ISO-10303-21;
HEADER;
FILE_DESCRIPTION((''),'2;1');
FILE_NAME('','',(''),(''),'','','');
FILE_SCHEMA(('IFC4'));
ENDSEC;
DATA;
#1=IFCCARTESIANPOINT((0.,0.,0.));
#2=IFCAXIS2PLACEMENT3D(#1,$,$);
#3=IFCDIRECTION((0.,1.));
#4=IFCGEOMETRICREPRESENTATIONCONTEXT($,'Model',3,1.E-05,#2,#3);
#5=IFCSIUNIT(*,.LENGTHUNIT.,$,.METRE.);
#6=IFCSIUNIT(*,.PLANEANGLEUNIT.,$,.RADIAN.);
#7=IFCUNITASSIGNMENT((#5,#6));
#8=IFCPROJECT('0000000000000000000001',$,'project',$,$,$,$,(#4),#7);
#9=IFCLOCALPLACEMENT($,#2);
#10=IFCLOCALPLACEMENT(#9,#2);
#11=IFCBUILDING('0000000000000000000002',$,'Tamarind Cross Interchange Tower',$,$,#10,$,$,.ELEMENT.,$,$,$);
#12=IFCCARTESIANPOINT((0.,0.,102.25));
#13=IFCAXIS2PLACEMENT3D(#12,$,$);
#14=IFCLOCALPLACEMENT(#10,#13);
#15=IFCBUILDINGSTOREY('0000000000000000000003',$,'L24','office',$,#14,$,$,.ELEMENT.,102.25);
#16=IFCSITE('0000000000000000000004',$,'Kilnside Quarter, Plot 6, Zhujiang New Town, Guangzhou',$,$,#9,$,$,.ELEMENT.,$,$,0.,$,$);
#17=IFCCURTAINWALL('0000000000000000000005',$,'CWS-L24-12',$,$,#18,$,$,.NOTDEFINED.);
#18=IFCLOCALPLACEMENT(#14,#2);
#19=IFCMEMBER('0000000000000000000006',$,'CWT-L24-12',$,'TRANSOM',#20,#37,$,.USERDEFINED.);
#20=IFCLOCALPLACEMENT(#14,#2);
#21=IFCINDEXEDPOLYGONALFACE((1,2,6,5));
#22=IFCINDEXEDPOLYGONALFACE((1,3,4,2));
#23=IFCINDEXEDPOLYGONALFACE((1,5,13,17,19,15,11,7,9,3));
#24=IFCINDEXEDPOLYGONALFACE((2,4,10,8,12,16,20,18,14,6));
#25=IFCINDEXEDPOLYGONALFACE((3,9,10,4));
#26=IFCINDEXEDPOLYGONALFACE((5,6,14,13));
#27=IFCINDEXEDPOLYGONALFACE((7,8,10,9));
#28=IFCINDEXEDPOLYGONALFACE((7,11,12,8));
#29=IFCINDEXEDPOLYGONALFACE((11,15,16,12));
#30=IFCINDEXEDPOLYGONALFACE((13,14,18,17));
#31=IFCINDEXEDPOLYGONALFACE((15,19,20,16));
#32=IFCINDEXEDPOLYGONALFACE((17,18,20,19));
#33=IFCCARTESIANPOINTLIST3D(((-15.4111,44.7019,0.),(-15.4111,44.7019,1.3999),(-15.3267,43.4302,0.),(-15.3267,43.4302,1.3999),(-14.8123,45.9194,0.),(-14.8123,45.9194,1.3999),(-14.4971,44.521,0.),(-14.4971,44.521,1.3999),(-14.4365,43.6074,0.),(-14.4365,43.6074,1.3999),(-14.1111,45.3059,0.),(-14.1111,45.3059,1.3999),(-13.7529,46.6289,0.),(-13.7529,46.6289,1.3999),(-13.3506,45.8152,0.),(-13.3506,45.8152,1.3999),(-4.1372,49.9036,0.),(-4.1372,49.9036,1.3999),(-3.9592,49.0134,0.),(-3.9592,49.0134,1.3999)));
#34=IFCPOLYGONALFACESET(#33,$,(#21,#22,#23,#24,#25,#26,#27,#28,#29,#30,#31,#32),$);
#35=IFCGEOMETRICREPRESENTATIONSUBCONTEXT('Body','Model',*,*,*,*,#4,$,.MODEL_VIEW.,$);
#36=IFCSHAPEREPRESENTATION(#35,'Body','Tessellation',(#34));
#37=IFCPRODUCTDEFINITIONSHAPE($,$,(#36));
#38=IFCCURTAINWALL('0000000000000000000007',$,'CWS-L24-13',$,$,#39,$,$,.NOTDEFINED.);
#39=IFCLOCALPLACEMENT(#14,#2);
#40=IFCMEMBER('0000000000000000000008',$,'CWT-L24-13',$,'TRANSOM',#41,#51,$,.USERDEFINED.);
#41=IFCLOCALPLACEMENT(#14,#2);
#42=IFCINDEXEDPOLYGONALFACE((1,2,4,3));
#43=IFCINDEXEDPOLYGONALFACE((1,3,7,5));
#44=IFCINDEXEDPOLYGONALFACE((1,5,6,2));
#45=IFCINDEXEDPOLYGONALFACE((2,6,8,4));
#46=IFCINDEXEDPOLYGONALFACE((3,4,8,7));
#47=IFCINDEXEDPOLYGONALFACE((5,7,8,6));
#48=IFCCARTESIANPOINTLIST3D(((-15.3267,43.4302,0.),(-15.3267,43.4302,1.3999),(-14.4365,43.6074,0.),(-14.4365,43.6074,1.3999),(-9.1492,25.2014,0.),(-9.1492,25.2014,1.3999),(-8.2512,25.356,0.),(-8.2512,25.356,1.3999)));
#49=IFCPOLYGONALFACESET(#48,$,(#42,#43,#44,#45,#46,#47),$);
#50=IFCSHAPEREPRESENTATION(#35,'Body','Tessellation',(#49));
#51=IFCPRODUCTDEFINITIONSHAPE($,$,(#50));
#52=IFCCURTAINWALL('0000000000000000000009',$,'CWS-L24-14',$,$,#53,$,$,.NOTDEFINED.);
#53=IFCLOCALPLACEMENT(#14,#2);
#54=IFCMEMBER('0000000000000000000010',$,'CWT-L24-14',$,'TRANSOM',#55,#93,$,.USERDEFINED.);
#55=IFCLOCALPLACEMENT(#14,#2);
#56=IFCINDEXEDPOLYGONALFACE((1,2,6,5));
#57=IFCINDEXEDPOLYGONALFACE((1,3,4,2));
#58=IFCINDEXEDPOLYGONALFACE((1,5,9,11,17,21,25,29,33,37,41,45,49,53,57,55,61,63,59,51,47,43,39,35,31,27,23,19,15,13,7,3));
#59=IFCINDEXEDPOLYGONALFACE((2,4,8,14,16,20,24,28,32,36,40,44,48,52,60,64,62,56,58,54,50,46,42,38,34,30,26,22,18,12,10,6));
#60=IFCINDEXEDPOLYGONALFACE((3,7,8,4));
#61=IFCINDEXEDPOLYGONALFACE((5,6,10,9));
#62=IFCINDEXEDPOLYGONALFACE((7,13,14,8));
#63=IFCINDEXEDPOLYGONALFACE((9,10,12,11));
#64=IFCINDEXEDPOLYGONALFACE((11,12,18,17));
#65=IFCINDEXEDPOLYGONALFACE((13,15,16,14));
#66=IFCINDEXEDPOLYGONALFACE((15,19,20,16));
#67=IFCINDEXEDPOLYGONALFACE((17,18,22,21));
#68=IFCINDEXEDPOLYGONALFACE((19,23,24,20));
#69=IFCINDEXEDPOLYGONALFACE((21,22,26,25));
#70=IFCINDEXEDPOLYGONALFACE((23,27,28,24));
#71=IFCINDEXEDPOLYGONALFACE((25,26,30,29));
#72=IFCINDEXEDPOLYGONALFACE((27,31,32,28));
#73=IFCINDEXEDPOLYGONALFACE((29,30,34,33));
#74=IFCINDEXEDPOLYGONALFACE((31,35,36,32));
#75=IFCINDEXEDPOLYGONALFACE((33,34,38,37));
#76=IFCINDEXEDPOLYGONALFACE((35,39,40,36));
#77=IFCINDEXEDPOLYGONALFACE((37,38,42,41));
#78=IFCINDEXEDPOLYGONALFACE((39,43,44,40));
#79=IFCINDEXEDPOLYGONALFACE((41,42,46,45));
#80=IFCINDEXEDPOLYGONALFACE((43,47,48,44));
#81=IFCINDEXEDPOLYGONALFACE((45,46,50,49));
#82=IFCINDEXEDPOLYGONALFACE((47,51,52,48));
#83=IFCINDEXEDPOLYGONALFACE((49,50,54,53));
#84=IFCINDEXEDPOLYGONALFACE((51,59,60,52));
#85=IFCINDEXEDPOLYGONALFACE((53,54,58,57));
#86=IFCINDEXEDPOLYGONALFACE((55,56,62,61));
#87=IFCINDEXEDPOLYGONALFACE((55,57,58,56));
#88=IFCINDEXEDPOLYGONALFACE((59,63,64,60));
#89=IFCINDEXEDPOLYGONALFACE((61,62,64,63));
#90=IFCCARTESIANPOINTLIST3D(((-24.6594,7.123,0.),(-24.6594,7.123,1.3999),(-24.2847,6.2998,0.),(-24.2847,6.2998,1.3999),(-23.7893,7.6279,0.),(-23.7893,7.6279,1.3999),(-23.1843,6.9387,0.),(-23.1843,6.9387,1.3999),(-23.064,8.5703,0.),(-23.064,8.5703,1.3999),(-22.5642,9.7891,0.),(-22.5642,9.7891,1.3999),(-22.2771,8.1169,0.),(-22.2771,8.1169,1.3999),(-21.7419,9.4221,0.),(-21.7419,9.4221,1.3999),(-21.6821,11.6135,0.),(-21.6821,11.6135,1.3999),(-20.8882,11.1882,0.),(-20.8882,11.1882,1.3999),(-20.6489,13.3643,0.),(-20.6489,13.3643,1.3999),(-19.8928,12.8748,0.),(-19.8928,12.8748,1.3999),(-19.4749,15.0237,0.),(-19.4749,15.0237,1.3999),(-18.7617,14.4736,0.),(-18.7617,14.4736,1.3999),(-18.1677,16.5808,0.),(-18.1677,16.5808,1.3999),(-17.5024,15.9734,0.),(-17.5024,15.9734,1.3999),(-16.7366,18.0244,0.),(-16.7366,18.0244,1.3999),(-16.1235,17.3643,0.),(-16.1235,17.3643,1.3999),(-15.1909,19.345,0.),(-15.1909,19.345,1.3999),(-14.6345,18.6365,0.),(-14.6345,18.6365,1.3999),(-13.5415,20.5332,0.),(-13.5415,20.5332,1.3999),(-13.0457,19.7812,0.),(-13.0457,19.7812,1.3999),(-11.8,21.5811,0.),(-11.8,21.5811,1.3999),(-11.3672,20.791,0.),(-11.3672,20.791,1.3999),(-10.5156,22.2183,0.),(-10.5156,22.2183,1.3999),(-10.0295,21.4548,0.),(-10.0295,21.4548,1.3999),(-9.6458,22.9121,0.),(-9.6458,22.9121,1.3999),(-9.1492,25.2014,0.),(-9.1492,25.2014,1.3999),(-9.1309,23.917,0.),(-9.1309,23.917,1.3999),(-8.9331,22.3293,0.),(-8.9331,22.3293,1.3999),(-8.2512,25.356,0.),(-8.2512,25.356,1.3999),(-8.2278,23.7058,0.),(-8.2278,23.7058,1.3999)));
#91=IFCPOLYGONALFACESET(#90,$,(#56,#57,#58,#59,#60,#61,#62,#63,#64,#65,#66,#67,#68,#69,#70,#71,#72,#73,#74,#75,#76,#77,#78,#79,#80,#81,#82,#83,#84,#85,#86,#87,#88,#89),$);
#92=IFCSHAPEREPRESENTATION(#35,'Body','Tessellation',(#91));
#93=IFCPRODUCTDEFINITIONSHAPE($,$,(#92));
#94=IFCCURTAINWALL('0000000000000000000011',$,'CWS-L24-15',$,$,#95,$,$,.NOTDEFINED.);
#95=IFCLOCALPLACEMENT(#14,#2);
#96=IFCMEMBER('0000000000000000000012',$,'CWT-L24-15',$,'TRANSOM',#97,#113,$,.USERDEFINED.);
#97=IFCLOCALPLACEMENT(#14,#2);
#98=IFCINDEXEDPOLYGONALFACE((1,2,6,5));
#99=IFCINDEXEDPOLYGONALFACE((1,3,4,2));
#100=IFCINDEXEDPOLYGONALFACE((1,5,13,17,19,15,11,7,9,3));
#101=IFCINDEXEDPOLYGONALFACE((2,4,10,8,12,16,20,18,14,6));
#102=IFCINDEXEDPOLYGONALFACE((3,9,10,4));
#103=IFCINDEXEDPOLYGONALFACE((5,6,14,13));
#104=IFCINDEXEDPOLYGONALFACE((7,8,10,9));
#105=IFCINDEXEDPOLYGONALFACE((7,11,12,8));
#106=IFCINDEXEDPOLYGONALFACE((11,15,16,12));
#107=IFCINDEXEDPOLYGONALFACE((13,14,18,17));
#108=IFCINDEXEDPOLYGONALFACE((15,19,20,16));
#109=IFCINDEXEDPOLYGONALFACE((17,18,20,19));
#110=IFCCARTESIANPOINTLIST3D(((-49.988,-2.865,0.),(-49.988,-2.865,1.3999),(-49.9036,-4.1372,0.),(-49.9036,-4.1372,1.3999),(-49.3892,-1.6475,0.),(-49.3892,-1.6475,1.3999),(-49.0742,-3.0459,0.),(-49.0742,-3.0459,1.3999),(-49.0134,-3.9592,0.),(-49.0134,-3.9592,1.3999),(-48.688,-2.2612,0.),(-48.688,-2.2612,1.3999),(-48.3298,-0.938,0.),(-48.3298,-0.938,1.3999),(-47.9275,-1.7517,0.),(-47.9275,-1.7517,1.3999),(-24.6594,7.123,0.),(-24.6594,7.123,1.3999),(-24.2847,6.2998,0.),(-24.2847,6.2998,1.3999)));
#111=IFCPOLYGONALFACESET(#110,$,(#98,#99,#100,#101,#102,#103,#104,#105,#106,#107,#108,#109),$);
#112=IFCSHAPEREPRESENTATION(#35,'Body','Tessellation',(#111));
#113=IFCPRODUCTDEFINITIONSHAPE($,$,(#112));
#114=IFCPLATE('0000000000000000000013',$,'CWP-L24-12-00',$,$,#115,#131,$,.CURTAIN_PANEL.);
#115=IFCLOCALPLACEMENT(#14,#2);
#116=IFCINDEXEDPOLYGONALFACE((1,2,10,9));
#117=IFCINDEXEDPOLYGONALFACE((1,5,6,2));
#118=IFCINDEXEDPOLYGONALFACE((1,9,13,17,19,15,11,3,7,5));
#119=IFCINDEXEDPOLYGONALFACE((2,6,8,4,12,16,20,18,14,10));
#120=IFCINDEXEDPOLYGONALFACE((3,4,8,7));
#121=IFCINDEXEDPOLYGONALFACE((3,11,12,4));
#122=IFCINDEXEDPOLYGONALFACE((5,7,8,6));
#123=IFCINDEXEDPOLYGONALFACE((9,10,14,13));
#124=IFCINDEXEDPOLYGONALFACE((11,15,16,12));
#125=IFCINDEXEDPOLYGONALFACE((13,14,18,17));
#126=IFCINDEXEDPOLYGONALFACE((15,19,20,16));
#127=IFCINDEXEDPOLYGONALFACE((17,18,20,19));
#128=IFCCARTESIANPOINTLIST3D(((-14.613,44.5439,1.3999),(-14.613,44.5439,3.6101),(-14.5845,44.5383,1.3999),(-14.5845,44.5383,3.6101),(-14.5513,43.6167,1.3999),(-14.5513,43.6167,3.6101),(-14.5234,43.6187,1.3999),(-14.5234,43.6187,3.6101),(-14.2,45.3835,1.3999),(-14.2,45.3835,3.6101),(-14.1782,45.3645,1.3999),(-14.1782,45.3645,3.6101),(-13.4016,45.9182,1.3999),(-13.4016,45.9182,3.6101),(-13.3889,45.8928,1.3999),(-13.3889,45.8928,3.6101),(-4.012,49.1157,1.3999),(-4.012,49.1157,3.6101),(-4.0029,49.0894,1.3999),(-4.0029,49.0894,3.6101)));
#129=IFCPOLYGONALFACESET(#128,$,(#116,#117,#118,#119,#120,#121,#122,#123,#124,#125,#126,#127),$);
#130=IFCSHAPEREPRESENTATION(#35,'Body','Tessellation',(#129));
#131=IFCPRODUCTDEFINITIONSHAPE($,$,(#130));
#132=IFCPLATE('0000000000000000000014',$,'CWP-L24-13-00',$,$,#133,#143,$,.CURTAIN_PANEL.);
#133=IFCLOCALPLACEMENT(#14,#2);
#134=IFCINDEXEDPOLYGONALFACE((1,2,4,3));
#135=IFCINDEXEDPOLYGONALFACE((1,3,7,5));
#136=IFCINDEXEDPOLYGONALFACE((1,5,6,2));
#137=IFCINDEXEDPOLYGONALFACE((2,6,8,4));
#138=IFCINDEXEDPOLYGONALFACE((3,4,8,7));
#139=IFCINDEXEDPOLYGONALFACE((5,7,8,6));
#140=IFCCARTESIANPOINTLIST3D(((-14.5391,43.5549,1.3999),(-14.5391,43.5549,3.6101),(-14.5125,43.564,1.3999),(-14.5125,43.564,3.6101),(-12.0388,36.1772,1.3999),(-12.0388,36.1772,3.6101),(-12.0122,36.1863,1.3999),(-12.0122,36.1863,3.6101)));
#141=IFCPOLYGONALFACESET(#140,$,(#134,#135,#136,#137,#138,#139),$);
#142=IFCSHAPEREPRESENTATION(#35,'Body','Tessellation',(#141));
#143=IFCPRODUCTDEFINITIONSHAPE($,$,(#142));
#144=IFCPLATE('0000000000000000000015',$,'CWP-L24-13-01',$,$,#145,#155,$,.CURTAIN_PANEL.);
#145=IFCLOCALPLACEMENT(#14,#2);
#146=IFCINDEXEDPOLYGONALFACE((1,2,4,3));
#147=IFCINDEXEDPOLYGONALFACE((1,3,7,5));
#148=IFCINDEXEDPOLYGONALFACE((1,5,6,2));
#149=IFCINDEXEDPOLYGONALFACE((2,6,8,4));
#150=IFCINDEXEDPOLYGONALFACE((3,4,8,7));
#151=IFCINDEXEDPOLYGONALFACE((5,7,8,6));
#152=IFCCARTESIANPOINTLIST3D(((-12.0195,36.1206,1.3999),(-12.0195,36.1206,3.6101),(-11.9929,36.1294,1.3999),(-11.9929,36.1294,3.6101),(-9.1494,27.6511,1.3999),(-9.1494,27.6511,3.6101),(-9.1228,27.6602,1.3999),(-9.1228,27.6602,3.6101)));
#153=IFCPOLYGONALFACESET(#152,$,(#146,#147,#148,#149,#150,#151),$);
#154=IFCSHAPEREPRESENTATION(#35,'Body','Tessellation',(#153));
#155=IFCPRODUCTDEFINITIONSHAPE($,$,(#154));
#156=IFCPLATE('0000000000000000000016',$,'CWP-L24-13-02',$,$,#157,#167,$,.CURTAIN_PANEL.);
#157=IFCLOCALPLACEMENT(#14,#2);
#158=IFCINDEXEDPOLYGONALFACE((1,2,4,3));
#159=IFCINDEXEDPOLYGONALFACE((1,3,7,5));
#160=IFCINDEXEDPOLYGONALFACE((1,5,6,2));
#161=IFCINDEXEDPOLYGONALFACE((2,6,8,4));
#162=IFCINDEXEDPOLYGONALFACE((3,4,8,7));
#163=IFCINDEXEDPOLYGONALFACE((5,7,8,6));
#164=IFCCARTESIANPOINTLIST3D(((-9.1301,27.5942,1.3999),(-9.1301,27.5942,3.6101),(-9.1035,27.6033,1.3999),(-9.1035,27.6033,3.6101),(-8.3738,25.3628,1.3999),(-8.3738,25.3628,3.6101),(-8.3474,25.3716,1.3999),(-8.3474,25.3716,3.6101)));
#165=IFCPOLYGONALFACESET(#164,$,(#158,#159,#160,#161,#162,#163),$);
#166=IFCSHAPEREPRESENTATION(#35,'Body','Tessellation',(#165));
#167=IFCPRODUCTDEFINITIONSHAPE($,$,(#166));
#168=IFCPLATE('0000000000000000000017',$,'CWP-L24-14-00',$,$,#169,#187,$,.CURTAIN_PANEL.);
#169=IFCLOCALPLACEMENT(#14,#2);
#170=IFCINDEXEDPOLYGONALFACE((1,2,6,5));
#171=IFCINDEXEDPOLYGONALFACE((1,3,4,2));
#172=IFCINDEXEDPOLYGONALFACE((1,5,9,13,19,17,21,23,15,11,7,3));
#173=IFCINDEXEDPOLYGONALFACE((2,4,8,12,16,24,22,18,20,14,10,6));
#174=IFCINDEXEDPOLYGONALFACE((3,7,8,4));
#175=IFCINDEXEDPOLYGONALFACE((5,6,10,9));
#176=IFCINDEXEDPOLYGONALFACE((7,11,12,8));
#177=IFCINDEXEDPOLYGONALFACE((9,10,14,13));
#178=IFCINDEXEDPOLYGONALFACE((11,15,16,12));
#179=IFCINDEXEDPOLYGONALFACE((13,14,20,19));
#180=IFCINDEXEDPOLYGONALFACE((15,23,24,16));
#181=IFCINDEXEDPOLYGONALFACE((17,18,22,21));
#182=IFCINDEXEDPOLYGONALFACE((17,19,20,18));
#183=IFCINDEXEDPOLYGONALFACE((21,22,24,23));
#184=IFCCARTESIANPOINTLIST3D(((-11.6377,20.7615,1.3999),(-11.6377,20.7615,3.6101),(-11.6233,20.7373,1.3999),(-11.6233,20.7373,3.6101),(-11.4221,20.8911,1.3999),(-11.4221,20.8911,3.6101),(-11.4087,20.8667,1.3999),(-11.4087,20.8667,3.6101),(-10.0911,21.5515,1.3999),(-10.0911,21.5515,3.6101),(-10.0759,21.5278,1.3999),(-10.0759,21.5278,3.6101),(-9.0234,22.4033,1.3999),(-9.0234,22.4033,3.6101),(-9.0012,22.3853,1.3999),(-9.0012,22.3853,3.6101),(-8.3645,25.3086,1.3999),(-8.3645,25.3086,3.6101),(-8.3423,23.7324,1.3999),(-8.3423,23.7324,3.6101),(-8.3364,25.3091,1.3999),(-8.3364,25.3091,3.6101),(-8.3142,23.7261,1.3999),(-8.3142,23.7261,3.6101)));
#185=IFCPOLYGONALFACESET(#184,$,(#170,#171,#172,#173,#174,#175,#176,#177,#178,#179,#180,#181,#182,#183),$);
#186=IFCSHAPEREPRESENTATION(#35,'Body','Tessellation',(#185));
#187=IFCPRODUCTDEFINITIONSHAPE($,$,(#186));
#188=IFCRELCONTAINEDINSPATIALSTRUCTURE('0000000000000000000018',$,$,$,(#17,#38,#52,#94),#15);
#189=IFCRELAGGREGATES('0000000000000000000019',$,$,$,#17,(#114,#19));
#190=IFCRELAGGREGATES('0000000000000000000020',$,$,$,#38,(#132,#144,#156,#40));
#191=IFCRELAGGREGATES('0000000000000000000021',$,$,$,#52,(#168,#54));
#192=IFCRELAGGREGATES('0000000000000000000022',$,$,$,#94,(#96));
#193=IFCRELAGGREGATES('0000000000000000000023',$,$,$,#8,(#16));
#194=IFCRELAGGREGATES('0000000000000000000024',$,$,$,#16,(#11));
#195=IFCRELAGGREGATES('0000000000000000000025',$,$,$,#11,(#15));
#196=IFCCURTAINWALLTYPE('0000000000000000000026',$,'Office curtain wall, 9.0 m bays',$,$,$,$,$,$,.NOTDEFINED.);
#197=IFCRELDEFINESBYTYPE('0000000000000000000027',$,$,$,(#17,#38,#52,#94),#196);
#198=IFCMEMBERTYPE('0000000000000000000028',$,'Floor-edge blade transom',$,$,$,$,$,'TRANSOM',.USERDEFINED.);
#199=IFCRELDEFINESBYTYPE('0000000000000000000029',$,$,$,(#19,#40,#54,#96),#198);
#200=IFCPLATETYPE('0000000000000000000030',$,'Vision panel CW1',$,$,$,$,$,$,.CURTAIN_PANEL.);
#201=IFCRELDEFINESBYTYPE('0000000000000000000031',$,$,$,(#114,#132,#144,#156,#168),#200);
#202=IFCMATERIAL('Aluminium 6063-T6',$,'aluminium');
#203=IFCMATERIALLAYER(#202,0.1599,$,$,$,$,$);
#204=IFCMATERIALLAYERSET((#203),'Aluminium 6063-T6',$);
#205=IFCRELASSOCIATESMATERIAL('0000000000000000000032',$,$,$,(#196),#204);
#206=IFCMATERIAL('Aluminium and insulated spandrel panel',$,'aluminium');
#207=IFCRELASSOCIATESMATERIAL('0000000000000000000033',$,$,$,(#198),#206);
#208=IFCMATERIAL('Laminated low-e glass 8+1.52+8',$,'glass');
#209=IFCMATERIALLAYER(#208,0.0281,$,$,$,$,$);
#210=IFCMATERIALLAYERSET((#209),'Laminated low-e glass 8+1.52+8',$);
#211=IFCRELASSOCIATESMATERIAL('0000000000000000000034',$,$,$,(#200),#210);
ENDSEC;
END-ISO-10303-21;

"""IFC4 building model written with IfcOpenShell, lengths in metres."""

from ifc_helpers import new_model, si_unit, direction, frame, origin, place, context, subcontext, project, spatial, polyline, outline, extrude, material, layer, layer_set, type_object, element, aggregate, save


model = new_model("IFC4")

# Units and contexts
model_context = context("Model", 3, precision=1e-05, world=origin(), true_north=direction((0.0, 1.0)))
body_context = subcontext(model_context, "Body", "Model", "MODEL_VIEW")
ifc_project = project(units=[si_unit("LENGTHUNIT", "METRE"), si_unit("PLANEANGLEUNIT", "RADIAN")], contexts=[model_context])

# Site, building, storey
site_placement = place(None, origin())
site = spatial("IfcSite", under=ifc_project, at=site_placement, Name="Kilnside Quarter, Plot 6, Zhujiang New Town, Guangzhou", CompositionType="ELEMENT", RefElevation=0.0)
building_placement = place(site_placement, origin())
building = spatial("IfcBuilding", under=site, at=building_placement, Name="Tamarind Cross Interchange Tower", CompositionType="ELEMENT")
storey_placement = place(building_placement, frame((0.0, 0.0, 102.25)))
storey = spatial("IfcBuildingStorey", under=building, at=storey_placement, Name="L24", Description="office", CompositionType="ELEMENT", Elevation=102.25)

# Curtain walls, members
ifc_material_1 = material(Name="Aluminium 6063-T6", Category="aluminium")
ifc_layer_1 = layer(ifc_material_1, 0.1599)
ifc_layer_set_1 = layer_set([ifc_layer_1], Name="Aluminium 6063-T6")
curtain_wall_type = type_object("IfcCurtainWallType", Name="Office curtain wall, 9.0 m bays", PredefinedType="NOTDEFINED", material=ifc_layer_set_1)
curtain_wall_1_placement = place(storey_placement, origin())
curtain_wall_1 = element("IfcCurtainWall", 1, at=curtain_wall_1_placement, inside=storey, type_object=curtain_wall_type, Name="CWS-L24-12", PredefinedType="NOTDEFINED")
ifc_material_2 = material(Name="Aluminium and insulated spandrel panel", Category="aluminium")
member_type = type_object("IfcMemberType", Name="Floor-edge blade transom", ElementType="TRANSOM", PredefinedType="USERDEFINED", material=ifc_material_2)
member_1_placement = place(storey_placement, origin())
member_1 = element("IfcMember", 2, at=member_1_placement, type_object=member_type, Name="CWT-L24-12", ObjectType="TRANSOM", PredefinedType="USERDEFINED", context=body_context, shape_type="SweptSolid", body=[
    extrude(outline(polyline([(-3.9592, 49.0134), (-13.3506, 45.8152), (-14.1111, 45.3059), (-14.4971, 44.521), (-14.4365, 43.6074), (-15.3267, 43.4302), (-15.4111, 44.7019), (-14.8123, 45.9194), (-13.7529, 46.6289), (-4.1372, 49.9036), (-3.9592, 49.0134)])), origin(), (0.0, 0.0, 1.0), 1.3999),
])
curtain_wall_2_placement = place(storey_placement, origin())
curtain_wall_2 = element("IfcCurtainWall", 3, at=curtain_wall_2_placement, inside=storey, type_object=curtain_wall_type, Name="CWS-L24-13", PredefinedType="NOTDEFINED")
member_2_placement = place(storey_placement, origin())
member_2 = element("IfcMember", 4, at=member_2_placement, type_object=member_type, Name="CWT-L24-13", ObjectType="TRANSOM", PredefinedType="USERDEFINED", context=body_context, shape_type="SweptSolid", body=[
    extrude(outline(polyline([(-14.4365, 43.6074), (-8.2512, 25.356), (-9.1492, 25.2014), (-15.3267, 43.4302), (-14.4365, 43.6074)])), origin(), (0.0, 0.0, 1.0), 1.3999),
])
curtain_wall_3_placement = place(storey_placement, origin())
curtain_wall_3 = element("IfcCurtainWall", 5, at=curtain_wall_3_placement, inside=storey, type_object=curtain_wall_type, Name="CWS-L24-14", PredefinedType="NOTDEFINED")
member_3_placement = place(storey_placement, origin())
member_3 = element("IfcMember", 6, at=member_3_placement, type_object=member_type, Name="CWT-L24-14", ObjectType="TRANSOM", PredefinedType="USERDEFINED", context=body_context, shape_type="SweptSolid", body=[
    extrude(outline(polyline([(-8.2512, 25.356), (-8.2278, 23.7058), (-8.9331, 22.3293), (-10.0295, 21.4548), (-11.3672, 20.791), (-13.0457, 19.7812), (-14.6345, 18.6365), (-16.1235, 17.3643), (-17.5024, 15.9734), (-18.7617, 14.4736), (-19.8928, 12.8748), (-20.8882, 11.1882), (-21.7419, 9.4221), (-22.2771, 8.1169), (-23.1843, 6.9387), (-24.2847, 6.2998), (-24.6594, 7.123), (-23.7893, 7.6279), (-23.064, 8.5703), (-22.5642, 9.7891), (-21.6821, 11.6135), (-20.6489, 13.3643), (-19.4749, 15.0237), (-18.1677, 16.5808), (-16.7366, 18.0244), (-15.1909, 19.345), (-13.5415, 20.5332), (-11.8, 21.5811), (-10.5156, 22.2183), (-9.6458, 22.9121), (-9.1309, 23.917), (-9.1492, 25.2014), (-8.2512, 25.356)])), origin(), (0.0, 0.0, 1.0), 1.3999),
])
curtain_wall_4_placement = place(storey_placement, origin())
curtain_wall_4 = element("IfcCurtainWall", 7, at=curtain_wall_4_placement, inside=storey, type_object=curtain_wall_type, Name="CWS-L24-15", PredefinedType="NOTDEFINED")
member_4_placement = place(storey_placement, origin())
member_4 = element("IfcMember", 8, at=member_4_placement, type_object=member_type, Name="CWT-L24-15", ObjectType="TRANSOM", PredefinedType="USERDEFINED", context=body_context, shape_type="SweptSolid", body=[
    extrude(outline(polyline([(-24.2847, 6.2998), (-47.9275, -1.7517), (-48.688, -2.2612), (-49.0742, -3.0459), (-49.0134, -3.9592), (-49.9036, -4.1372), (-49.988, -2.865), (-49.3892, -1.6475), (-48.3298, -0.938), (-24.6594, 7.123), (-24.2847, 6.2998)])), origin(), (0.0, 0.0, 1.0), 1.3999),
])

# Plates
ifc_material_3 = material(Name="Laminated low-e glass 8+1.52+8", Category="glass")
ifc_layer_2 = layer(ifc_material_3, 0.0281)
ifc_layer_set_2 = layer_set([ifc_layer_2], Name="Laminated low-e glass 8+1.52+8")
plate_type = type_object("IfcPlateType", Name="Vision panel CW1", PredefinedType="CURTAIN_PANEL", material=ifc_layer_set_2)
plate_1_placement = place(storey_placement, frame((0.0, 0.0, 1.3999)))
plate_1 = element("IfcPlate", 9, at=plate_1_placement, type_object=plate_type, Name="CWP-L24-12-00", PredefinedType="CURTAIN_PANEL", context=body_context, shape_type="SweptSolid", body=[
    extrude(outline(polyline([(-4.0029, 49.0894), (-13.3889, 45.8928), (-14.1782, 45.3645), (-14.5845, 44.5383), (-14.5234, 43.6187), (-14.5513, 43.6167), (-14.613, 44.5439), (-14.2, 45.3835), (-13.4016, 45.9182), (-4.012, 49.1157), (-4.0029, 49.0894)])), origin(), (0.0, 0.0, 1.0), 2.2102),
])
aggregate(curtain_wall_1, [plate_1, member_1])
plate_2_placement = place(storey_placement, frame((0.0, 0.0, 1.3999)))
plate_2 = element("IfcPlate", 10, at=plate_2_placement, type_object=plate_type, Name="CWP-L24-13-00", PredefinedType="CURTAIN_PANEL", context=body_context, shape_type="SweptSolid", body=[
    extrude(outline(polyline([(-14.5125, 43.564), (-12.0122, 36.1863), (-12.0388, 36.1772), (-14.5391, 43.5549), (-14.5125, 43.564)])), origin(), (0.0, 0.0, 1.0), 2.2102),
])
plate_3_placement = place(storey_placement, frame((0.0, 0.0, 1.3999)))
plate_3 = element("IfcPlate", 11, at=plate_3_placement, type_object=plate_type, Name="CWP-L24-13-01", PredefinedType="CURTAIN_PANEL", context=body_context, shape_type="SweptSolid", body=[
    extrude(outline(polyline([(-11.9929, 36.1294), (-9.1228, 27.6602), (-9.1494, 27.6511), (-12.0195, 36.1206), (-11.9929, 36.1294)])), origin(), (0.0, 0.0, 1.0), 2.2102),
])
plate_4_placement = place(storey_placement, frame((0.0, 0.0, 1.3999)))
plate_4 = element("IfcPlate", 12, at=plate_4_placement, type_object=plate_type, Name="CWP-L24-13-02", PredefinedType="CURTAIN_PANEL", context=body_context, shape_type="SweptSolid", body=[
    extrude(outline(polyline([(-9.1035, 27.6033), (-8.3474, 25.3716), (-8.3738, 25.3628), (-9.1301, 27.5942), (-9.1035, 27.6033)])), origin(), (0.0, 0.0, 1.0), 2.2102),
])
aggregate(curtain_wall_2, [plate_2, plate_3, plate_4, member_2])
plate_5_placement = place(storey_placement, frame((0.0, 0.0, 1.3999)))
plate_5 = element("IfcPlate", 13, at=plate_5_placement, type_object=plate_type, Name="CWP-L24-14-00", PredefinedType="CURTAIN_PANEL", context=body_context, shape_type="SweptSolid", body=[
    extrude(outline(polyline([(-8.3364, 25.3091), (-8.3142, 23.7261), (-9.0012, 22.3853), (-10.0759, 21.5278), (-11.4087, 20.8667), (-11.6233, 20.7373), (-11.6377, 20.7615), (-11.4221, 20.8911), (-10.0911, 21.5515), (-9.0234, 22.4033), (-8.3423, 23.7324), (-8.3645, 25.3086), (-8.3364, 25.3091)])), origin(), (0.0, 0.0, 1.0), 2.2102),
])
aggregate(curtain_wall_3, [plate_5, member_3])
aggregate(curtain_wall_4, [member_4])

save(model, "model.ifc")
